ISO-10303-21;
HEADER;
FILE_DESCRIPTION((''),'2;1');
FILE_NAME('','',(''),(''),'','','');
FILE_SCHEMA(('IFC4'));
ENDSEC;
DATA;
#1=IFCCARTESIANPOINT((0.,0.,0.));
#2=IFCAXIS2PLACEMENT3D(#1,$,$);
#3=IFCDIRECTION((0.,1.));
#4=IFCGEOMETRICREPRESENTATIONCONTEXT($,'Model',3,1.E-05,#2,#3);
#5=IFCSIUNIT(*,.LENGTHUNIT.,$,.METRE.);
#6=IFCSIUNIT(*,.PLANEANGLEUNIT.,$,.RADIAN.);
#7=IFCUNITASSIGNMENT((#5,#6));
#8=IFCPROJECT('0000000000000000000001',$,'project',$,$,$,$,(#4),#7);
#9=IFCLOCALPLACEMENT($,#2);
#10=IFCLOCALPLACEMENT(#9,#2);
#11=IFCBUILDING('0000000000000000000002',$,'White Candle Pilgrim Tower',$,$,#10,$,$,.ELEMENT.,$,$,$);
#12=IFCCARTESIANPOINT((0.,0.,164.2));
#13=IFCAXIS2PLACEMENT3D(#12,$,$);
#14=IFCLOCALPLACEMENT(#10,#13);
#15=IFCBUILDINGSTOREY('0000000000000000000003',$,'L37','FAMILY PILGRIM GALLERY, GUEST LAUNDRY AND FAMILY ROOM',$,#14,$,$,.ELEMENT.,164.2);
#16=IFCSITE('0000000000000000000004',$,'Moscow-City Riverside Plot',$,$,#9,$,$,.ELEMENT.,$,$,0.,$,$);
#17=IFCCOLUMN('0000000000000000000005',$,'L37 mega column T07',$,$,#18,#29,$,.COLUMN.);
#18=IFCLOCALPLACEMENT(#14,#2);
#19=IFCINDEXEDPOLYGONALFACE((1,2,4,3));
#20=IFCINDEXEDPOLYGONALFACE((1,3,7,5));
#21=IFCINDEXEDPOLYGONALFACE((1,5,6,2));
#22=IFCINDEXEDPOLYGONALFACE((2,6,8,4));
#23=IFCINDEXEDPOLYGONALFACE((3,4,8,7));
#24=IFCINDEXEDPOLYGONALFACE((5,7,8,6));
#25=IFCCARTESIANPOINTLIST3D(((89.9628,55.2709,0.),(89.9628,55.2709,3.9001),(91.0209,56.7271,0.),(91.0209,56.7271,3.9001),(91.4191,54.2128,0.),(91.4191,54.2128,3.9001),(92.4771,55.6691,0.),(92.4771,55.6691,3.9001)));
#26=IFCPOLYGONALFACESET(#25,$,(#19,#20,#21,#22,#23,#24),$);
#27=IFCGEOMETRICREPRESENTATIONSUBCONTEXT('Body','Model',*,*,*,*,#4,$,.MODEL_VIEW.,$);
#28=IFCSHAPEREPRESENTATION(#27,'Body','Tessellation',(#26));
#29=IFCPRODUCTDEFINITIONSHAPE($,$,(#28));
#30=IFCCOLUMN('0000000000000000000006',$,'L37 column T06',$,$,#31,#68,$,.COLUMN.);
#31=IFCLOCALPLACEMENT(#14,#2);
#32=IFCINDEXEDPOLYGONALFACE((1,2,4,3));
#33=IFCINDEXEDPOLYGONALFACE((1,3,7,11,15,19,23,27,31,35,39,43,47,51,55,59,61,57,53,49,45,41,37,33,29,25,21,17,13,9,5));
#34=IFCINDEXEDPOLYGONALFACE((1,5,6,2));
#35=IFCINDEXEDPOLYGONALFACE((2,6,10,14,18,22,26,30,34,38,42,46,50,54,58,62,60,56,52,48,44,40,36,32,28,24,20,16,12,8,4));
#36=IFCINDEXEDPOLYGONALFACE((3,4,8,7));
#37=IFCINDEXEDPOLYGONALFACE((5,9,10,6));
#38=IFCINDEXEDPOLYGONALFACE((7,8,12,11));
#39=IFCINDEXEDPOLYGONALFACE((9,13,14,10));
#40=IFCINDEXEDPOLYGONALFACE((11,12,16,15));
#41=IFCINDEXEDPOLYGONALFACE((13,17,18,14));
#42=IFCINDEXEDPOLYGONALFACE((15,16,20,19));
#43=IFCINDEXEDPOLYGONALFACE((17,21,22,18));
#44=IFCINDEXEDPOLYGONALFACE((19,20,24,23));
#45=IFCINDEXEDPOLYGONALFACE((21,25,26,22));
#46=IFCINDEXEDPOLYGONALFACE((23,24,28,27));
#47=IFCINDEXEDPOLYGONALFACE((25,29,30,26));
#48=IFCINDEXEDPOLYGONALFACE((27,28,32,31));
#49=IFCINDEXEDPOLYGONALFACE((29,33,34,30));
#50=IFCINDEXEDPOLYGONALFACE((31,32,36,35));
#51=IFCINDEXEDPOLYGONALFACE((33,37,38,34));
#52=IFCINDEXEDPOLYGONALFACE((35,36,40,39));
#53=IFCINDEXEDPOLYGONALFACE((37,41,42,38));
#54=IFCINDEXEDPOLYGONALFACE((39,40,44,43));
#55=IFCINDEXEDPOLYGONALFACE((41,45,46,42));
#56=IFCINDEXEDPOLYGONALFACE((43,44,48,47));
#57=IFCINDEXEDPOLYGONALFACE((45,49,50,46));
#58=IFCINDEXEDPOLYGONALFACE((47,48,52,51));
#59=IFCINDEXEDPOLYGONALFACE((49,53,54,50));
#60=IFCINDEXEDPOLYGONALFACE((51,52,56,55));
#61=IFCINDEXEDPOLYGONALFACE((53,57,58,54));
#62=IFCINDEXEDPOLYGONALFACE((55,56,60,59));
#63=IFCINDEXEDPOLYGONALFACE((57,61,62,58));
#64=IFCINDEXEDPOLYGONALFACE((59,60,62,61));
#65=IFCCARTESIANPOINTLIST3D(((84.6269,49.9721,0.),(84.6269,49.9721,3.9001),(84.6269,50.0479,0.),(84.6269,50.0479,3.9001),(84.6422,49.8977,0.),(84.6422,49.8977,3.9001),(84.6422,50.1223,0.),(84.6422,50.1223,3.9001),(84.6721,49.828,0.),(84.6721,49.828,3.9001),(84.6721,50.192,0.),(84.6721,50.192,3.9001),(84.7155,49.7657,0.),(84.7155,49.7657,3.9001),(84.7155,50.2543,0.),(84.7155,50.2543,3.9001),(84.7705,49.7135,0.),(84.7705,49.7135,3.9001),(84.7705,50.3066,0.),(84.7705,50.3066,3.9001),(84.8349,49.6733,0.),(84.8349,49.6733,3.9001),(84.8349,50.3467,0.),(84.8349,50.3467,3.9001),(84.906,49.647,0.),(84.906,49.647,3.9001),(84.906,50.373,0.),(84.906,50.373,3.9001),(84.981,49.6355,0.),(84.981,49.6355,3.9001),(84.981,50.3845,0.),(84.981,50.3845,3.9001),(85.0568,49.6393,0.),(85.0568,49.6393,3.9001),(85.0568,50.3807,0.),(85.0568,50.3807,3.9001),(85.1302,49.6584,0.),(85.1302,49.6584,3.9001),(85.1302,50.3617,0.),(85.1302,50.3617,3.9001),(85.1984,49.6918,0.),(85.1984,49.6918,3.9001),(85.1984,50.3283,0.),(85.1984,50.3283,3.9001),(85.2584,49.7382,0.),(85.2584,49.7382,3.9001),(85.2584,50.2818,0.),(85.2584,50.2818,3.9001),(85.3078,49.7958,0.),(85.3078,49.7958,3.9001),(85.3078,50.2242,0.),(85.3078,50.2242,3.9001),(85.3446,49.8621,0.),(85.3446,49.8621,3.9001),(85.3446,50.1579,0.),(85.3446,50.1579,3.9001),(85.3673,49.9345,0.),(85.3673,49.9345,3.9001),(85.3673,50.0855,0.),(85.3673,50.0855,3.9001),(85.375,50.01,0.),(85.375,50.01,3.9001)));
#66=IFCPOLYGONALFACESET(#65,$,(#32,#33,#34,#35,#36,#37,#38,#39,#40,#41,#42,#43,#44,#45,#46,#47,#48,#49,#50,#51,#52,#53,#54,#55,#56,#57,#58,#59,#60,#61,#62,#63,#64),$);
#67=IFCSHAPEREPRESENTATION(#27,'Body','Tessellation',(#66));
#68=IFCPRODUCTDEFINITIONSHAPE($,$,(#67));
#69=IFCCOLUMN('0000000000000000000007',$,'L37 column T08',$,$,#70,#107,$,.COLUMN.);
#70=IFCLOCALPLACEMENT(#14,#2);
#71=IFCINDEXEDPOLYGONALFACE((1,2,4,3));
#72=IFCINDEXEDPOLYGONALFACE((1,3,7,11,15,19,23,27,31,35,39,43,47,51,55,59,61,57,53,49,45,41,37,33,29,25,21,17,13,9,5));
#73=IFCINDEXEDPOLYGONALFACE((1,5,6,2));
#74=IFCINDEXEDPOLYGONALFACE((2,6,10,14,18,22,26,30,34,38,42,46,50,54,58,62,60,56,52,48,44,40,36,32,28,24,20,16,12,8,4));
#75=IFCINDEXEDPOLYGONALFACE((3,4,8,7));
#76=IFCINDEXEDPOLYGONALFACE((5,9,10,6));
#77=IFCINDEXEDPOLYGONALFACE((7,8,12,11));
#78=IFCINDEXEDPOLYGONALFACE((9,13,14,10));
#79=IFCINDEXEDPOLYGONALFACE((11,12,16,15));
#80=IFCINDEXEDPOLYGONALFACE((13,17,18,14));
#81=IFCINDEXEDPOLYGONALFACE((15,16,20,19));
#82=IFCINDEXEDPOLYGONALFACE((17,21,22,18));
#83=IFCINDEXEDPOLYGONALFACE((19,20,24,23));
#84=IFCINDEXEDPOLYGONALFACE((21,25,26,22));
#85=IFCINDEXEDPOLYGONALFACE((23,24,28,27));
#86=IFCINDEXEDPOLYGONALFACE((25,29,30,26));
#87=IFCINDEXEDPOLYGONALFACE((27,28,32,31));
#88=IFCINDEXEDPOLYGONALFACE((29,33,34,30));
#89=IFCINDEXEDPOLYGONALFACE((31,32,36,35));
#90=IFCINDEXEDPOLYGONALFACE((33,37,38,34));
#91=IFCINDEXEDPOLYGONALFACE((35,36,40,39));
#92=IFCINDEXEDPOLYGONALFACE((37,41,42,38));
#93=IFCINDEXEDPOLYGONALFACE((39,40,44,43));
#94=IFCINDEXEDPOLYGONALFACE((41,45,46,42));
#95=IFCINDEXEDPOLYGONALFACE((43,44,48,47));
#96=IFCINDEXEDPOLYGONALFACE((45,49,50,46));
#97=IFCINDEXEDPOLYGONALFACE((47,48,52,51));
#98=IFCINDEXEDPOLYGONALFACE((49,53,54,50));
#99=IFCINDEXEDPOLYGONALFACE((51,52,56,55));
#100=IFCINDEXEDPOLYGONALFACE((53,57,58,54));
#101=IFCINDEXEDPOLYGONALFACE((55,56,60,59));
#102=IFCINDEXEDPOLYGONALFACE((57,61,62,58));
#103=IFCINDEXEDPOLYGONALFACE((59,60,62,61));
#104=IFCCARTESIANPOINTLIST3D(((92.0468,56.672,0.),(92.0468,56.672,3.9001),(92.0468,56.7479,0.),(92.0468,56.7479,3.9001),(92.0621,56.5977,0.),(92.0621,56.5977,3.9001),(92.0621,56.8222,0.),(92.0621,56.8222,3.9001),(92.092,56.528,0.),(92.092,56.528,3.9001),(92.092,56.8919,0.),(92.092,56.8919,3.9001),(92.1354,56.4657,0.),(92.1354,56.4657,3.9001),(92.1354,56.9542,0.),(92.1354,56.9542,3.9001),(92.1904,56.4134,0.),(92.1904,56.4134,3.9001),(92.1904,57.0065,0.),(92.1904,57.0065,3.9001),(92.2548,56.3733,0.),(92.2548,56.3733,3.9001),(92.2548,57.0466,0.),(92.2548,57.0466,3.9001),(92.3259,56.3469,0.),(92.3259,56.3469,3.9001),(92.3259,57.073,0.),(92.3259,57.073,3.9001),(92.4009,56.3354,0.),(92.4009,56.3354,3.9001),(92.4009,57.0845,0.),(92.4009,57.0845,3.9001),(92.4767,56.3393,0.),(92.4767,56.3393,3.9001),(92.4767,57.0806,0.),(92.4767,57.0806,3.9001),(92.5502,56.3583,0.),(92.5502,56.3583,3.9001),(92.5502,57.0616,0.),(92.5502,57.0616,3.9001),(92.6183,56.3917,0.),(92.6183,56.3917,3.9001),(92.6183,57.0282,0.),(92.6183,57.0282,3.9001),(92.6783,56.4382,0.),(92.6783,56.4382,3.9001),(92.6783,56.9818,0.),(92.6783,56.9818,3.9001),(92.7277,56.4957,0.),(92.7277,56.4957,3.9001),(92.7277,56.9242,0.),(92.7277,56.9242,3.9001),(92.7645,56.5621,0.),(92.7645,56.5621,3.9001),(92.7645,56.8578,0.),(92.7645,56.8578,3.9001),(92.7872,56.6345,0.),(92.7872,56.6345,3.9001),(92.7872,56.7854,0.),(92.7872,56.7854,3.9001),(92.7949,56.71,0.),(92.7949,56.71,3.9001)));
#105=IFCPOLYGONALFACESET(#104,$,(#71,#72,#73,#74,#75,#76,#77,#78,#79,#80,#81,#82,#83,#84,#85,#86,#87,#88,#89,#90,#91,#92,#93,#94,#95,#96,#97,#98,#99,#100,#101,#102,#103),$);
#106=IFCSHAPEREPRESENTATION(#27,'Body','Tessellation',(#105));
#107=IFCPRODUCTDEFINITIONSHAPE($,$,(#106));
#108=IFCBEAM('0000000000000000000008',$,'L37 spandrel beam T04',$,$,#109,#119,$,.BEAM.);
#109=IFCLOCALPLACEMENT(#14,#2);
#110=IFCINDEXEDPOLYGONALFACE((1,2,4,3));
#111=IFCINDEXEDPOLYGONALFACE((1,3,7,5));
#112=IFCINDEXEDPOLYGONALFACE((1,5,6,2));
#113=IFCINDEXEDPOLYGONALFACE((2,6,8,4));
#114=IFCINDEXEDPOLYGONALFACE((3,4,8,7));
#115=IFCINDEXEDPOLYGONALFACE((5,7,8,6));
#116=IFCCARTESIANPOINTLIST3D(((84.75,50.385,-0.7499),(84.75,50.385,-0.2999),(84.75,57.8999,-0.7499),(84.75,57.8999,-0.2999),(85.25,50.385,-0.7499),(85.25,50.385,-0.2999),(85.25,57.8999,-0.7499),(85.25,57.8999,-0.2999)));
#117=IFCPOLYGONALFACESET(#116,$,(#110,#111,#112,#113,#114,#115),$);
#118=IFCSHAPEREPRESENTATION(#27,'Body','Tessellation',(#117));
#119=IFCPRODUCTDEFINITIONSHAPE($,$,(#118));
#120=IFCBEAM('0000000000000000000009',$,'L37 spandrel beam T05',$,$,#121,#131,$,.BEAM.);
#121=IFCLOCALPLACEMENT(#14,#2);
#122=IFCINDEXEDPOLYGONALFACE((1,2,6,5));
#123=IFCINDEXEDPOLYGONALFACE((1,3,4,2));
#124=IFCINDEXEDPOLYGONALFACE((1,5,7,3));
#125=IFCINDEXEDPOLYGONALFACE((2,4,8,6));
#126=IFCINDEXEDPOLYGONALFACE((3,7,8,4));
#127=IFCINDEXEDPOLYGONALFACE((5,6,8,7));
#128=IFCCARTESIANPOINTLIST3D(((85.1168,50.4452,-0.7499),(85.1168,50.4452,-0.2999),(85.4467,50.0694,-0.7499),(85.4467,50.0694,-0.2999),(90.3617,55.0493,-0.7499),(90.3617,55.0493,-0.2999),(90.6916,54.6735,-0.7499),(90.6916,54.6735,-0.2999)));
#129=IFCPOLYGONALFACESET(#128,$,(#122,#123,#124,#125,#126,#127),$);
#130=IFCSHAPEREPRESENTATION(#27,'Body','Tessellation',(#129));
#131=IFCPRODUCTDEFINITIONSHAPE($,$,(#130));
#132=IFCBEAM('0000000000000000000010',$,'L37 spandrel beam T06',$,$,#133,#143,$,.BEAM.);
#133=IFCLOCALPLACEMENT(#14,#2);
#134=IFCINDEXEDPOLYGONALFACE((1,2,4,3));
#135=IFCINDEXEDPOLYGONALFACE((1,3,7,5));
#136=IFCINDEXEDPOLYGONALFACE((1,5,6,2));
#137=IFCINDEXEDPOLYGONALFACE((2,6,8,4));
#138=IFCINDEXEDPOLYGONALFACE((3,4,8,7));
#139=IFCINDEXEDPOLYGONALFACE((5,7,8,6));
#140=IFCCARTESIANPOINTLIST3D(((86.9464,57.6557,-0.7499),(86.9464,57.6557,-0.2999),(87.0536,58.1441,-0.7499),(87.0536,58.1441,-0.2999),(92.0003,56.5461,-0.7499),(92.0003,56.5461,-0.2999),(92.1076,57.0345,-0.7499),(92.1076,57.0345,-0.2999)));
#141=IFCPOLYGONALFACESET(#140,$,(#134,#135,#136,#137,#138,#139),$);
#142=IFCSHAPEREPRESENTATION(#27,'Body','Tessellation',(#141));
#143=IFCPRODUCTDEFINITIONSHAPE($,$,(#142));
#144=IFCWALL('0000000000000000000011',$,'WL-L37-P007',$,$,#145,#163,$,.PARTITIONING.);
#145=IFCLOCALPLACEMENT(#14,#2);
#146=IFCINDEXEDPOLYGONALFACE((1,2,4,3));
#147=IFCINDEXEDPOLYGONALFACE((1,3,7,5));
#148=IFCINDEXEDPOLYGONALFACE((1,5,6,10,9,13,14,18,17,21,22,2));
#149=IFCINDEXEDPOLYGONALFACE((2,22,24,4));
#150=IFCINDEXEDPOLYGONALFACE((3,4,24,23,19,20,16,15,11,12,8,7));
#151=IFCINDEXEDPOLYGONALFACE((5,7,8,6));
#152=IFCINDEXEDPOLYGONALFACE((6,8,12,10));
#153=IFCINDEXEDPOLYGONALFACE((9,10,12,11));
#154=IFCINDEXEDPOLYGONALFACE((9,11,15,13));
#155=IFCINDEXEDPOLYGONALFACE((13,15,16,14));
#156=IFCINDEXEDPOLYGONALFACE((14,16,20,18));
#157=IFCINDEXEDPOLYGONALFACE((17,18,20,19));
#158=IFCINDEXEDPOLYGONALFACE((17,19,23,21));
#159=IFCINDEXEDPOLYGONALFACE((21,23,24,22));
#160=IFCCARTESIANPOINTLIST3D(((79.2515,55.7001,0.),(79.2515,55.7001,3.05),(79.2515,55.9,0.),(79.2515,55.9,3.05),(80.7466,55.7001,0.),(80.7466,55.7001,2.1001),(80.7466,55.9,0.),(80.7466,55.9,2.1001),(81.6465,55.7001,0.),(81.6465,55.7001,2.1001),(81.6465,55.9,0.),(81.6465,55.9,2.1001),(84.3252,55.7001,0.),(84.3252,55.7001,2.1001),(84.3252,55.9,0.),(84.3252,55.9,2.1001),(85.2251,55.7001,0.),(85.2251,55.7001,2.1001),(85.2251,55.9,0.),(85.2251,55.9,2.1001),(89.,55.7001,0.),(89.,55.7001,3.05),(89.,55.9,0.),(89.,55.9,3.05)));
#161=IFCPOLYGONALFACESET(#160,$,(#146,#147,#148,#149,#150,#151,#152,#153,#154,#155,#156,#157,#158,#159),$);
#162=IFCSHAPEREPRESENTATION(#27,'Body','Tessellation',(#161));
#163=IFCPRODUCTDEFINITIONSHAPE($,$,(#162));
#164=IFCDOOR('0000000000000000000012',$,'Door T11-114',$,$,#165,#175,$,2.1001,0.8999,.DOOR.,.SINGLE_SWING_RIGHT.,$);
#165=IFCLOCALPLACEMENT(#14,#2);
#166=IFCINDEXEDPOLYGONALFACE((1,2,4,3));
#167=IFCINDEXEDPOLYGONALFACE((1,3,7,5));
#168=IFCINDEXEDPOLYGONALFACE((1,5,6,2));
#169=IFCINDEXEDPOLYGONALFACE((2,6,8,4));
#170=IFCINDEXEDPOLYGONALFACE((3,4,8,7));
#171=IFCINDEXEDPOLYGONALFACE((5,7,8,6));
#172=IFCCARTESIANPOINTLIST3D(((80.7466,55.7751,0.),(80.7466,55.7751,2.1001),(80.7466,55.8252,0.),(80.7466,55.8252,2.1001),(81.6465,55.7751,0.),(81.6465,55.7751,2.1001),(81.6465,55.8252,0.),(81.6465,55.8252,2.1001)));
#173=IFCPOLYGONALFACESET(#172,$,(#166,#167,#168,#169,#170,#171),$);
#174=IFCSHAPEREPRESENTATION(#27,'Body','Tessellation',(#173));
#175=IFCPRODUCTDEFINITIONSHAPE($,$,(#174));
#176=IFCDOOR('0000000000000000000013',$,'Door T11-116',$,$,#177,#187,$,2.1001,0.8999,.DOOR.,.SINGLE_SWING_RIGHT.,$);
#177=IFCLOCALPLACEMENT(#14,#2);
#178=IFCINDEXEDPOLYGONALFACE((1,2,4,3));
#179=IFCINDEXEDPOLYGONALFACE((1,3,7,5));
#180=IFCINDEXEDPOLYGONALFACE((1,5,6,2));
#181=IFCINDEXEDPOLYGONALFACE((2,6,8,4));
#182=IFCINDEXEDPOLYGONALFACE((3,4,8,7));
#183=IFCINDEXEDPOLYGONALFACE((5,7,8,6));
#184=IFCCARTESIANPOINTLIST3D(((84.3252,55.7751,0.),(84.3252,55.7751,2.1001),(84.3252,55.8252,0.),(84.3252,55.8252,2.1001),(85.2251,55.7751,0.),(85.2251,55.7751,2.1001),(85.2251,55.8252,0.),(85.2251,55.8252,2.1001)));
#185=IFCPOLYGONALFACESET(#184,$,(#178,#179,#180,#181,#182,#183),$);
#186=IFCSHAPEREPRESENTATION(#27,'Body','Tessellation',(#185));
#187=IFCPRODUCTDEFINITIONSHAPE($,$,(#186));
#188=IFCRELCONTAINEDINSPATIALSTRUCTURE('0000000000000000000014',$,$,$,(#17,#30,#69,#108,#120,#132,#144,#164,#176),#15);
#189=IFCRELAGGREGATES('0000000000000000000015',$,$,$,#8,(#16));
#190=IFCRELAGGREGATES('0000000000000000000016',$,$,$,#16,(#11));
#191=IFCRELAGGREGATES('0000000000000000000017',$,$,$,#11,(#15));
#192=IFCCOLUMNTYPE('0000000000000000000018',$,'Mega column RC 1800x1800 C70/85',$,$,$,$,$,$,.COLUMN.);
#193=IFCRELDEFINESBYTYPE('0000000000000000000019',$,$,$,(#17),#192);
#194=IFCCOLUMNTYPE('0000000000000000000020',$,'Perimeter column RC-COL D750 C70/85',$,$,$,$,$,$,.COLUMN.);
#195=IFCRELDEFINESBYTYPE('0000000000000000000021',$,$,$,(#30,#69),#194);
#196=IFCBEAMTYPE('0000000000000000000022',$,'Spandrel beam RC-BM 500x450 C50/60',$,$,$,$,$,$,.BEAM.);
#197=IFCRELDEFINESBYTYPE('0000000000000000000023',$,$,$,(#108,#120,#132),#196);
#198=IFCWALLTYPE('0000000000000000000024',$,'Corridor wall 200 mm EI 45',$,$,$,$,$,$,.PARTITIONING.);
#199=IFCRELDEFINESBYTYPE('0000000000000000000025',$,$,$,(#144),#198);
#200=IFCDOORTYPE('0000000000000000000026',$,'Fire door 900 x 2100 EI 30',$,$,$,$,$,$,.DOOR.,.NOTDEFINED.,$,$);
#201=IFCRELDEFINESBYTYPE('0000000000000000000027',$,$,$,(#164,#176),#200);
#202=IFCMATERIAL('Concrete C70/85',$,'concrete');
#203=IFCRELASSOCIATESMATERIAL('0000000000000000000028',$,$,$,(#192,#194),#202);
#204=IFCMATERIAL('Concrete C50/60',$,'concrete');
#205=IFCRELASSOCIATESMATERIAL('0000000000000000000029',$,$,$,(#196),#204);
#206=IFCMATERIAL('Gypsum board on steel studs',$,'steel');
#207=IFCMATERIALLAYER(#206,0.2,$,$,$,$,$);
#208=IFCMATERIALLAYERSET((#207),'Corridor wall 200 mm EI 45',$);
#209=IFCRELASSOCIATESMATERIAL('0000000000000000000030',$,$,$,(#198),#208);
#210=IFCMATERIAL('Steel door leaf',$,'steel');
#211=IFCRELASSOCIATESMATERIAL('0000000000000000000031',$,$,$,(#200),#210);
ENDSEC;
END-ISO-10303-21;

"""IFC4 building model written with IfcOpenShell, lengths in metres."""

from ifc_helpers import new_model, si_unit, direction, frame, frame_2d, origin, origin_2d, place, context, subcontext, project, spatial, rectangle, circle, extrude, material, layer, layer_set, material_profile, profile_set, type_object, element, fill, save


model = new_model("IFC4")

# Units and contexts
model_context = context("Model", 3, precision=1e-05, world=origin(), true_north=direction((0.0, 1.0)))
body_context = subcontext(model_context, "Body", "Model", "MODEL_VIEW")
ifc_project = project(units=[si_unit("LENGTHUNIT", "METRE"), si_unit("PLANEANGLEUNIT", "RADIAN")], contexts=[model_context])

# Site, building, storey
site_placement = place(None, origin())
site = spatial("IfcSite", under=ifc_project, at=site_placement, Name="Moscow-City Riverside Plot", CompositionType="ELEMENT", RefElevation=0.0)
building_placement = place(site_placement, origin())
building = spatial("IfcBuilding", under=site, at=building_placement, Name="White Candle Pilgrim Tower", CompositionType="ELEMENT")
storey_placement = place(building_placement, frame((0.0, 0.0, 164.2)))
storey = spatial("IfcBuildingStorey", under=building, at=storey_placement, Name="L37", Description="FAMILY PILGRIM GALLERY, GUEST LAUNDRY AND FAMILY ROOM", CompositionType="ELEMENT", Elevation=164.2)

# Columns
ifc_material_1 = material(Name="Concrete C70/85", Category="concrete")
ifc_material_profile_1 = material_profile(ifc_material_1, rectangle(XDim=1.8, YDim=1.8, at=origin_2d()), Name="RC 1800x1800")
ifc_profile_set_1 = profile_set([ifc_material_profile_1], Name="Concrete C70/85")
column_type_1 = type_object("IfcColumnType", Name="Mega column RC 1800x1800 C70/85", PredefinedType="COLUMN", material=ifc_profile_set_1)
column_placement = place(storey_placement, frame((91.22, 55.47, 0.0), z_axis=(0.0, 0.0, 1.0), x_axis=(0.809017, -0.587785, 0.0)))
element("IfcColumn", 1, at=column_placement, inside=storey, type_object=column_type_1, Name="L37 mega column T07", PredefinedType="COLUMN", context=body_context, shape_type="SweptSolid", body=[
    extrude(rectangle(XDim=1.8, YDim=1.8, at=origin_2d()), origin(), (0.0, 0.0, 1.0), 3.9001),
])
ifc_material_profile_2 = material_profile(ifc_material_1, circle(Radius=0.375, at=origin_2d()), Name="RC-COL D750")
ifc_profile_set_2 = profile_set([ifc_material_profile_2], Name="Concrete C70/85")
column_type_2 = type_object("IfcColumnType", Name="Perimeter column RC-COL D750 C70/85", PredefinedType="COLUMN", material=ifc_profile_set_2)
for number, where, z_axis, x_axis, name in (
    (2, (85.0, 50.01, 0.0), (0.0, 0.0, 1.0), (1.0, 0.0, 0.0), "L37 column T06"),
    (3, (92.4199, 56.71, 0.0), (0.0, 0.0, 1.0), (1.0, 0.0, 0.0), "L37 column T08"),
):
    element("IfcColumn", number, at=place(storey_placement, frame(where, z_axis=z_axis, x_axis=x_axis)), inside=storey, type_object=column_type_2, Name=name, PredefinedType="COLUMN", context=body_context, shape_type="SweptSolid", body=[
        extrude(circle(Radius=0.375, at=origin_2d()), origin(), (0.0, 0.0, 1.0), 3.9001),
    ])

# Beams
ifc_material_2 = material(Name="Concrete C50/60", Category="concrete")
ifc_material_profile_3 = material_profile(ifc_material_2, rectangle(XDim=0.5, YDim=0.45, at=origin_2d()), Name="RC-BM 500x450")
ifc_profile_set_3 = profile_set([ifc_material_profile_3], Name="Concrete C50/60")
beam_type = type_object("IfcBeamType", Name="Spandrel beam RC-BM 500x450 C50/60", PredefinedType="BEAM", material=ifc_profile_set_3)
beam_1_placement = place(storey_placement, frame((85.0, 50.385, -0.5249), z_axis=(0.0, 1.0, 0.0), x_axis=(-1.0, 0.0, 0.0)))
element("IfcBeam", 4, at=beam_1_placement, inside=storey, type_object=beam_type, Name="L37 spandrel beam T04", PredefinedType="BEAM", context=body_context, shape_type="SweptSolid", body=[
    extrude(rectangle(XDim=0.5, YDim=0.45, at=origin_2d()), origin(), (0.0, 0.0, 1.0), 7.5149),
])
beam_2_placement = place(storey_placement, frame((85.2817, 50.2573, -0.5249), z_axis=(0.751529, 0.6597, 0.0), x_axis=(-0.6597, 0.751529, 0.0)))
element("IfcBeam", 5, at=beam_2_placement, inside=storey, type_object=beam_type, Name="L37 spandrel beam T05", PredefinedType="BEAM", context=body_context, shape_type="SweptSolid", body=[
    extrude(rectangle(XDim=0.5, YDim=0.45, at=origin_2d()), origin(), (0.0, 0.0, 1.0), 6.979),
])
beam_3_placement = place(storey_placement, frame((92.054, 56.7903, -0.5249), z_axis=(-0.976736, 0.214447, 0.0), x_axis=(-0.214447, -0.976736, 0.0)))
element("IfcBeam", 6, at=beam_3_placement, inside=storey, type_object=beam_type, Name="L37 spandrel beam T06", PredefinedType="BEAM", context=body_context, shape_type="SweptSolid", body=[
    extrude(rectangle(XDim=0.5, YDim=0.45, at=origin_2d()), origin(), (0.0, 0.0, 1.0), 5.1743),
])

# Wall, openings, doors
ifc_material_3 = material(Name="Gypsum board on steel studs", Category="steel")
ifc_layer_1 = layer(ifc_material_3, 0.2)
ifc_layer_set_1 = layer_set([ifc_layer_1], Name="Corridor wall 200 mm EI 45")
wall_type_1 = type_object("IfcWallType", Name="Corridor wall 200 mm EI 45", PredefinedType="PARTITIONING", material=ifc_layer_set_1)
wall_1_placement = place(storey_placement, frame((89.0, 55.8, 0.0), z_axis=(0.0, 0.0, 1.0), x_axis=(-1.0, 0.0, 0.0)))
wall_1 = element("IfcWall", 7, at=wall_1_placement, inside=storey, type_object=wall_type_1, Name="WL-L37-P007", PredefinedType="PARTITIONING", context=body_context, shape_type="SweptSolid", body=[
    extrude(rectangle(XDim=9.7485, YDim=0.2, at=frame_2d((4.8743, 0.0))), origin(), (0.0, 0.0, 1.0), 3.05),
])
opening_1_placement = place(wall_1_placement, frame((7.3535, 0.0, 0.0)))
opening_1 = element("IfcOpeningElement", 8, at=opening_1_placement, cuts=wall_1, PredefinedType="OPENING", context=body_context, shape_type="SweptSolid", body=[
    extrude(rectangle(XDim=0.8999, YDim=2.1001, at=frame_2d((0.45, 1.05))), frame((0.0, 0.1099, 0.0), z_axis=(0.0, -1.0, 0.0), x_axis=(1.0, 0.0, 0.0)), (0.0, 0.0, 1.0), 0.22),
])
opening_2_placement = place(wall_1_placement, frame((3.7749, 0.0, 0.0)))
opening_2 = element("IfcOpeningElement", 9, at=opening_2_placement, cuts=wall_1, PredefinedType="OPENING", context=body_context, shape_type="SweptSolid", body=[
    extrude(rectangle(XDim=0.8999, YDim=2.1001, at=frame_2d((0.45, 1.05))), frame((0.0, 0.1099, 0.0), z_axis=(0.0, -1.0, 0.0), x_axis=(1.0, 0.0, 0.0)), (0.0, 0.0, 1.0), 0.22),
])
ifc_material_4 = material(Name="Steel door leaf", Category="steel")
door_type_1 = type_object("IfcDoorType", Name="Fire door 900 x 2100 EI 30", OperationType="NOTDEFINED", PredefinedType="DOOR", material=ifc_material_4)
door_1_placement = place(opening_1_placement, origin())
door_1 = element("IfcDoor", 10, at=door_1_placement, inside=storey, type_object=door_type_1, Name="Door T11-114", OperationType="SINGLE_SWING_RIGHT", OverallHeight=2.1001, OverallWidth=0.8999, PredefinedType="DOOR", context=body_context, shape_type="SweptSolid", body=[
    extrude(rectangle(XDim=0.8999, YDim=2.1001, at=frame_2d((0.45, 1.05))), frame((0.0, 0.0249, 0.0), z_axis=(0.0, -1.0, 0.0), x_axis=(1.0, 0.0, 0.0)), (0.0, 0.0, 1.0), 0.05),
])
fill(opening_1, door_1)
door_2_placement = place(opening_2_placement, origin())
door_2 = element("IfcDoor", 11, at=door_2_placement, inside=storey, type_object=door_type_1, Name="Door T11-116", OperationType="SINGLE_SWING_RIGHT", OverallHeight=2.1001, OverallWidth=0.8999, PredefinedType="DOOR", context=body_context, shape_type="SweptSolid", body=[
    extrude(rectangle(XDim=0.8999, YDim=2.1001, at=frame_2d((0.45, 1.05))), frame((0.0, 0.0249, 0.0), z_axis=(0.0, -1.0, 0.0), x_axis=(1.0, 0.0, 0.0)), (0.0, 0.0, 1.0), 0.05),
])
fill(opening_2, door_2)

save(model, "model.ifc")
